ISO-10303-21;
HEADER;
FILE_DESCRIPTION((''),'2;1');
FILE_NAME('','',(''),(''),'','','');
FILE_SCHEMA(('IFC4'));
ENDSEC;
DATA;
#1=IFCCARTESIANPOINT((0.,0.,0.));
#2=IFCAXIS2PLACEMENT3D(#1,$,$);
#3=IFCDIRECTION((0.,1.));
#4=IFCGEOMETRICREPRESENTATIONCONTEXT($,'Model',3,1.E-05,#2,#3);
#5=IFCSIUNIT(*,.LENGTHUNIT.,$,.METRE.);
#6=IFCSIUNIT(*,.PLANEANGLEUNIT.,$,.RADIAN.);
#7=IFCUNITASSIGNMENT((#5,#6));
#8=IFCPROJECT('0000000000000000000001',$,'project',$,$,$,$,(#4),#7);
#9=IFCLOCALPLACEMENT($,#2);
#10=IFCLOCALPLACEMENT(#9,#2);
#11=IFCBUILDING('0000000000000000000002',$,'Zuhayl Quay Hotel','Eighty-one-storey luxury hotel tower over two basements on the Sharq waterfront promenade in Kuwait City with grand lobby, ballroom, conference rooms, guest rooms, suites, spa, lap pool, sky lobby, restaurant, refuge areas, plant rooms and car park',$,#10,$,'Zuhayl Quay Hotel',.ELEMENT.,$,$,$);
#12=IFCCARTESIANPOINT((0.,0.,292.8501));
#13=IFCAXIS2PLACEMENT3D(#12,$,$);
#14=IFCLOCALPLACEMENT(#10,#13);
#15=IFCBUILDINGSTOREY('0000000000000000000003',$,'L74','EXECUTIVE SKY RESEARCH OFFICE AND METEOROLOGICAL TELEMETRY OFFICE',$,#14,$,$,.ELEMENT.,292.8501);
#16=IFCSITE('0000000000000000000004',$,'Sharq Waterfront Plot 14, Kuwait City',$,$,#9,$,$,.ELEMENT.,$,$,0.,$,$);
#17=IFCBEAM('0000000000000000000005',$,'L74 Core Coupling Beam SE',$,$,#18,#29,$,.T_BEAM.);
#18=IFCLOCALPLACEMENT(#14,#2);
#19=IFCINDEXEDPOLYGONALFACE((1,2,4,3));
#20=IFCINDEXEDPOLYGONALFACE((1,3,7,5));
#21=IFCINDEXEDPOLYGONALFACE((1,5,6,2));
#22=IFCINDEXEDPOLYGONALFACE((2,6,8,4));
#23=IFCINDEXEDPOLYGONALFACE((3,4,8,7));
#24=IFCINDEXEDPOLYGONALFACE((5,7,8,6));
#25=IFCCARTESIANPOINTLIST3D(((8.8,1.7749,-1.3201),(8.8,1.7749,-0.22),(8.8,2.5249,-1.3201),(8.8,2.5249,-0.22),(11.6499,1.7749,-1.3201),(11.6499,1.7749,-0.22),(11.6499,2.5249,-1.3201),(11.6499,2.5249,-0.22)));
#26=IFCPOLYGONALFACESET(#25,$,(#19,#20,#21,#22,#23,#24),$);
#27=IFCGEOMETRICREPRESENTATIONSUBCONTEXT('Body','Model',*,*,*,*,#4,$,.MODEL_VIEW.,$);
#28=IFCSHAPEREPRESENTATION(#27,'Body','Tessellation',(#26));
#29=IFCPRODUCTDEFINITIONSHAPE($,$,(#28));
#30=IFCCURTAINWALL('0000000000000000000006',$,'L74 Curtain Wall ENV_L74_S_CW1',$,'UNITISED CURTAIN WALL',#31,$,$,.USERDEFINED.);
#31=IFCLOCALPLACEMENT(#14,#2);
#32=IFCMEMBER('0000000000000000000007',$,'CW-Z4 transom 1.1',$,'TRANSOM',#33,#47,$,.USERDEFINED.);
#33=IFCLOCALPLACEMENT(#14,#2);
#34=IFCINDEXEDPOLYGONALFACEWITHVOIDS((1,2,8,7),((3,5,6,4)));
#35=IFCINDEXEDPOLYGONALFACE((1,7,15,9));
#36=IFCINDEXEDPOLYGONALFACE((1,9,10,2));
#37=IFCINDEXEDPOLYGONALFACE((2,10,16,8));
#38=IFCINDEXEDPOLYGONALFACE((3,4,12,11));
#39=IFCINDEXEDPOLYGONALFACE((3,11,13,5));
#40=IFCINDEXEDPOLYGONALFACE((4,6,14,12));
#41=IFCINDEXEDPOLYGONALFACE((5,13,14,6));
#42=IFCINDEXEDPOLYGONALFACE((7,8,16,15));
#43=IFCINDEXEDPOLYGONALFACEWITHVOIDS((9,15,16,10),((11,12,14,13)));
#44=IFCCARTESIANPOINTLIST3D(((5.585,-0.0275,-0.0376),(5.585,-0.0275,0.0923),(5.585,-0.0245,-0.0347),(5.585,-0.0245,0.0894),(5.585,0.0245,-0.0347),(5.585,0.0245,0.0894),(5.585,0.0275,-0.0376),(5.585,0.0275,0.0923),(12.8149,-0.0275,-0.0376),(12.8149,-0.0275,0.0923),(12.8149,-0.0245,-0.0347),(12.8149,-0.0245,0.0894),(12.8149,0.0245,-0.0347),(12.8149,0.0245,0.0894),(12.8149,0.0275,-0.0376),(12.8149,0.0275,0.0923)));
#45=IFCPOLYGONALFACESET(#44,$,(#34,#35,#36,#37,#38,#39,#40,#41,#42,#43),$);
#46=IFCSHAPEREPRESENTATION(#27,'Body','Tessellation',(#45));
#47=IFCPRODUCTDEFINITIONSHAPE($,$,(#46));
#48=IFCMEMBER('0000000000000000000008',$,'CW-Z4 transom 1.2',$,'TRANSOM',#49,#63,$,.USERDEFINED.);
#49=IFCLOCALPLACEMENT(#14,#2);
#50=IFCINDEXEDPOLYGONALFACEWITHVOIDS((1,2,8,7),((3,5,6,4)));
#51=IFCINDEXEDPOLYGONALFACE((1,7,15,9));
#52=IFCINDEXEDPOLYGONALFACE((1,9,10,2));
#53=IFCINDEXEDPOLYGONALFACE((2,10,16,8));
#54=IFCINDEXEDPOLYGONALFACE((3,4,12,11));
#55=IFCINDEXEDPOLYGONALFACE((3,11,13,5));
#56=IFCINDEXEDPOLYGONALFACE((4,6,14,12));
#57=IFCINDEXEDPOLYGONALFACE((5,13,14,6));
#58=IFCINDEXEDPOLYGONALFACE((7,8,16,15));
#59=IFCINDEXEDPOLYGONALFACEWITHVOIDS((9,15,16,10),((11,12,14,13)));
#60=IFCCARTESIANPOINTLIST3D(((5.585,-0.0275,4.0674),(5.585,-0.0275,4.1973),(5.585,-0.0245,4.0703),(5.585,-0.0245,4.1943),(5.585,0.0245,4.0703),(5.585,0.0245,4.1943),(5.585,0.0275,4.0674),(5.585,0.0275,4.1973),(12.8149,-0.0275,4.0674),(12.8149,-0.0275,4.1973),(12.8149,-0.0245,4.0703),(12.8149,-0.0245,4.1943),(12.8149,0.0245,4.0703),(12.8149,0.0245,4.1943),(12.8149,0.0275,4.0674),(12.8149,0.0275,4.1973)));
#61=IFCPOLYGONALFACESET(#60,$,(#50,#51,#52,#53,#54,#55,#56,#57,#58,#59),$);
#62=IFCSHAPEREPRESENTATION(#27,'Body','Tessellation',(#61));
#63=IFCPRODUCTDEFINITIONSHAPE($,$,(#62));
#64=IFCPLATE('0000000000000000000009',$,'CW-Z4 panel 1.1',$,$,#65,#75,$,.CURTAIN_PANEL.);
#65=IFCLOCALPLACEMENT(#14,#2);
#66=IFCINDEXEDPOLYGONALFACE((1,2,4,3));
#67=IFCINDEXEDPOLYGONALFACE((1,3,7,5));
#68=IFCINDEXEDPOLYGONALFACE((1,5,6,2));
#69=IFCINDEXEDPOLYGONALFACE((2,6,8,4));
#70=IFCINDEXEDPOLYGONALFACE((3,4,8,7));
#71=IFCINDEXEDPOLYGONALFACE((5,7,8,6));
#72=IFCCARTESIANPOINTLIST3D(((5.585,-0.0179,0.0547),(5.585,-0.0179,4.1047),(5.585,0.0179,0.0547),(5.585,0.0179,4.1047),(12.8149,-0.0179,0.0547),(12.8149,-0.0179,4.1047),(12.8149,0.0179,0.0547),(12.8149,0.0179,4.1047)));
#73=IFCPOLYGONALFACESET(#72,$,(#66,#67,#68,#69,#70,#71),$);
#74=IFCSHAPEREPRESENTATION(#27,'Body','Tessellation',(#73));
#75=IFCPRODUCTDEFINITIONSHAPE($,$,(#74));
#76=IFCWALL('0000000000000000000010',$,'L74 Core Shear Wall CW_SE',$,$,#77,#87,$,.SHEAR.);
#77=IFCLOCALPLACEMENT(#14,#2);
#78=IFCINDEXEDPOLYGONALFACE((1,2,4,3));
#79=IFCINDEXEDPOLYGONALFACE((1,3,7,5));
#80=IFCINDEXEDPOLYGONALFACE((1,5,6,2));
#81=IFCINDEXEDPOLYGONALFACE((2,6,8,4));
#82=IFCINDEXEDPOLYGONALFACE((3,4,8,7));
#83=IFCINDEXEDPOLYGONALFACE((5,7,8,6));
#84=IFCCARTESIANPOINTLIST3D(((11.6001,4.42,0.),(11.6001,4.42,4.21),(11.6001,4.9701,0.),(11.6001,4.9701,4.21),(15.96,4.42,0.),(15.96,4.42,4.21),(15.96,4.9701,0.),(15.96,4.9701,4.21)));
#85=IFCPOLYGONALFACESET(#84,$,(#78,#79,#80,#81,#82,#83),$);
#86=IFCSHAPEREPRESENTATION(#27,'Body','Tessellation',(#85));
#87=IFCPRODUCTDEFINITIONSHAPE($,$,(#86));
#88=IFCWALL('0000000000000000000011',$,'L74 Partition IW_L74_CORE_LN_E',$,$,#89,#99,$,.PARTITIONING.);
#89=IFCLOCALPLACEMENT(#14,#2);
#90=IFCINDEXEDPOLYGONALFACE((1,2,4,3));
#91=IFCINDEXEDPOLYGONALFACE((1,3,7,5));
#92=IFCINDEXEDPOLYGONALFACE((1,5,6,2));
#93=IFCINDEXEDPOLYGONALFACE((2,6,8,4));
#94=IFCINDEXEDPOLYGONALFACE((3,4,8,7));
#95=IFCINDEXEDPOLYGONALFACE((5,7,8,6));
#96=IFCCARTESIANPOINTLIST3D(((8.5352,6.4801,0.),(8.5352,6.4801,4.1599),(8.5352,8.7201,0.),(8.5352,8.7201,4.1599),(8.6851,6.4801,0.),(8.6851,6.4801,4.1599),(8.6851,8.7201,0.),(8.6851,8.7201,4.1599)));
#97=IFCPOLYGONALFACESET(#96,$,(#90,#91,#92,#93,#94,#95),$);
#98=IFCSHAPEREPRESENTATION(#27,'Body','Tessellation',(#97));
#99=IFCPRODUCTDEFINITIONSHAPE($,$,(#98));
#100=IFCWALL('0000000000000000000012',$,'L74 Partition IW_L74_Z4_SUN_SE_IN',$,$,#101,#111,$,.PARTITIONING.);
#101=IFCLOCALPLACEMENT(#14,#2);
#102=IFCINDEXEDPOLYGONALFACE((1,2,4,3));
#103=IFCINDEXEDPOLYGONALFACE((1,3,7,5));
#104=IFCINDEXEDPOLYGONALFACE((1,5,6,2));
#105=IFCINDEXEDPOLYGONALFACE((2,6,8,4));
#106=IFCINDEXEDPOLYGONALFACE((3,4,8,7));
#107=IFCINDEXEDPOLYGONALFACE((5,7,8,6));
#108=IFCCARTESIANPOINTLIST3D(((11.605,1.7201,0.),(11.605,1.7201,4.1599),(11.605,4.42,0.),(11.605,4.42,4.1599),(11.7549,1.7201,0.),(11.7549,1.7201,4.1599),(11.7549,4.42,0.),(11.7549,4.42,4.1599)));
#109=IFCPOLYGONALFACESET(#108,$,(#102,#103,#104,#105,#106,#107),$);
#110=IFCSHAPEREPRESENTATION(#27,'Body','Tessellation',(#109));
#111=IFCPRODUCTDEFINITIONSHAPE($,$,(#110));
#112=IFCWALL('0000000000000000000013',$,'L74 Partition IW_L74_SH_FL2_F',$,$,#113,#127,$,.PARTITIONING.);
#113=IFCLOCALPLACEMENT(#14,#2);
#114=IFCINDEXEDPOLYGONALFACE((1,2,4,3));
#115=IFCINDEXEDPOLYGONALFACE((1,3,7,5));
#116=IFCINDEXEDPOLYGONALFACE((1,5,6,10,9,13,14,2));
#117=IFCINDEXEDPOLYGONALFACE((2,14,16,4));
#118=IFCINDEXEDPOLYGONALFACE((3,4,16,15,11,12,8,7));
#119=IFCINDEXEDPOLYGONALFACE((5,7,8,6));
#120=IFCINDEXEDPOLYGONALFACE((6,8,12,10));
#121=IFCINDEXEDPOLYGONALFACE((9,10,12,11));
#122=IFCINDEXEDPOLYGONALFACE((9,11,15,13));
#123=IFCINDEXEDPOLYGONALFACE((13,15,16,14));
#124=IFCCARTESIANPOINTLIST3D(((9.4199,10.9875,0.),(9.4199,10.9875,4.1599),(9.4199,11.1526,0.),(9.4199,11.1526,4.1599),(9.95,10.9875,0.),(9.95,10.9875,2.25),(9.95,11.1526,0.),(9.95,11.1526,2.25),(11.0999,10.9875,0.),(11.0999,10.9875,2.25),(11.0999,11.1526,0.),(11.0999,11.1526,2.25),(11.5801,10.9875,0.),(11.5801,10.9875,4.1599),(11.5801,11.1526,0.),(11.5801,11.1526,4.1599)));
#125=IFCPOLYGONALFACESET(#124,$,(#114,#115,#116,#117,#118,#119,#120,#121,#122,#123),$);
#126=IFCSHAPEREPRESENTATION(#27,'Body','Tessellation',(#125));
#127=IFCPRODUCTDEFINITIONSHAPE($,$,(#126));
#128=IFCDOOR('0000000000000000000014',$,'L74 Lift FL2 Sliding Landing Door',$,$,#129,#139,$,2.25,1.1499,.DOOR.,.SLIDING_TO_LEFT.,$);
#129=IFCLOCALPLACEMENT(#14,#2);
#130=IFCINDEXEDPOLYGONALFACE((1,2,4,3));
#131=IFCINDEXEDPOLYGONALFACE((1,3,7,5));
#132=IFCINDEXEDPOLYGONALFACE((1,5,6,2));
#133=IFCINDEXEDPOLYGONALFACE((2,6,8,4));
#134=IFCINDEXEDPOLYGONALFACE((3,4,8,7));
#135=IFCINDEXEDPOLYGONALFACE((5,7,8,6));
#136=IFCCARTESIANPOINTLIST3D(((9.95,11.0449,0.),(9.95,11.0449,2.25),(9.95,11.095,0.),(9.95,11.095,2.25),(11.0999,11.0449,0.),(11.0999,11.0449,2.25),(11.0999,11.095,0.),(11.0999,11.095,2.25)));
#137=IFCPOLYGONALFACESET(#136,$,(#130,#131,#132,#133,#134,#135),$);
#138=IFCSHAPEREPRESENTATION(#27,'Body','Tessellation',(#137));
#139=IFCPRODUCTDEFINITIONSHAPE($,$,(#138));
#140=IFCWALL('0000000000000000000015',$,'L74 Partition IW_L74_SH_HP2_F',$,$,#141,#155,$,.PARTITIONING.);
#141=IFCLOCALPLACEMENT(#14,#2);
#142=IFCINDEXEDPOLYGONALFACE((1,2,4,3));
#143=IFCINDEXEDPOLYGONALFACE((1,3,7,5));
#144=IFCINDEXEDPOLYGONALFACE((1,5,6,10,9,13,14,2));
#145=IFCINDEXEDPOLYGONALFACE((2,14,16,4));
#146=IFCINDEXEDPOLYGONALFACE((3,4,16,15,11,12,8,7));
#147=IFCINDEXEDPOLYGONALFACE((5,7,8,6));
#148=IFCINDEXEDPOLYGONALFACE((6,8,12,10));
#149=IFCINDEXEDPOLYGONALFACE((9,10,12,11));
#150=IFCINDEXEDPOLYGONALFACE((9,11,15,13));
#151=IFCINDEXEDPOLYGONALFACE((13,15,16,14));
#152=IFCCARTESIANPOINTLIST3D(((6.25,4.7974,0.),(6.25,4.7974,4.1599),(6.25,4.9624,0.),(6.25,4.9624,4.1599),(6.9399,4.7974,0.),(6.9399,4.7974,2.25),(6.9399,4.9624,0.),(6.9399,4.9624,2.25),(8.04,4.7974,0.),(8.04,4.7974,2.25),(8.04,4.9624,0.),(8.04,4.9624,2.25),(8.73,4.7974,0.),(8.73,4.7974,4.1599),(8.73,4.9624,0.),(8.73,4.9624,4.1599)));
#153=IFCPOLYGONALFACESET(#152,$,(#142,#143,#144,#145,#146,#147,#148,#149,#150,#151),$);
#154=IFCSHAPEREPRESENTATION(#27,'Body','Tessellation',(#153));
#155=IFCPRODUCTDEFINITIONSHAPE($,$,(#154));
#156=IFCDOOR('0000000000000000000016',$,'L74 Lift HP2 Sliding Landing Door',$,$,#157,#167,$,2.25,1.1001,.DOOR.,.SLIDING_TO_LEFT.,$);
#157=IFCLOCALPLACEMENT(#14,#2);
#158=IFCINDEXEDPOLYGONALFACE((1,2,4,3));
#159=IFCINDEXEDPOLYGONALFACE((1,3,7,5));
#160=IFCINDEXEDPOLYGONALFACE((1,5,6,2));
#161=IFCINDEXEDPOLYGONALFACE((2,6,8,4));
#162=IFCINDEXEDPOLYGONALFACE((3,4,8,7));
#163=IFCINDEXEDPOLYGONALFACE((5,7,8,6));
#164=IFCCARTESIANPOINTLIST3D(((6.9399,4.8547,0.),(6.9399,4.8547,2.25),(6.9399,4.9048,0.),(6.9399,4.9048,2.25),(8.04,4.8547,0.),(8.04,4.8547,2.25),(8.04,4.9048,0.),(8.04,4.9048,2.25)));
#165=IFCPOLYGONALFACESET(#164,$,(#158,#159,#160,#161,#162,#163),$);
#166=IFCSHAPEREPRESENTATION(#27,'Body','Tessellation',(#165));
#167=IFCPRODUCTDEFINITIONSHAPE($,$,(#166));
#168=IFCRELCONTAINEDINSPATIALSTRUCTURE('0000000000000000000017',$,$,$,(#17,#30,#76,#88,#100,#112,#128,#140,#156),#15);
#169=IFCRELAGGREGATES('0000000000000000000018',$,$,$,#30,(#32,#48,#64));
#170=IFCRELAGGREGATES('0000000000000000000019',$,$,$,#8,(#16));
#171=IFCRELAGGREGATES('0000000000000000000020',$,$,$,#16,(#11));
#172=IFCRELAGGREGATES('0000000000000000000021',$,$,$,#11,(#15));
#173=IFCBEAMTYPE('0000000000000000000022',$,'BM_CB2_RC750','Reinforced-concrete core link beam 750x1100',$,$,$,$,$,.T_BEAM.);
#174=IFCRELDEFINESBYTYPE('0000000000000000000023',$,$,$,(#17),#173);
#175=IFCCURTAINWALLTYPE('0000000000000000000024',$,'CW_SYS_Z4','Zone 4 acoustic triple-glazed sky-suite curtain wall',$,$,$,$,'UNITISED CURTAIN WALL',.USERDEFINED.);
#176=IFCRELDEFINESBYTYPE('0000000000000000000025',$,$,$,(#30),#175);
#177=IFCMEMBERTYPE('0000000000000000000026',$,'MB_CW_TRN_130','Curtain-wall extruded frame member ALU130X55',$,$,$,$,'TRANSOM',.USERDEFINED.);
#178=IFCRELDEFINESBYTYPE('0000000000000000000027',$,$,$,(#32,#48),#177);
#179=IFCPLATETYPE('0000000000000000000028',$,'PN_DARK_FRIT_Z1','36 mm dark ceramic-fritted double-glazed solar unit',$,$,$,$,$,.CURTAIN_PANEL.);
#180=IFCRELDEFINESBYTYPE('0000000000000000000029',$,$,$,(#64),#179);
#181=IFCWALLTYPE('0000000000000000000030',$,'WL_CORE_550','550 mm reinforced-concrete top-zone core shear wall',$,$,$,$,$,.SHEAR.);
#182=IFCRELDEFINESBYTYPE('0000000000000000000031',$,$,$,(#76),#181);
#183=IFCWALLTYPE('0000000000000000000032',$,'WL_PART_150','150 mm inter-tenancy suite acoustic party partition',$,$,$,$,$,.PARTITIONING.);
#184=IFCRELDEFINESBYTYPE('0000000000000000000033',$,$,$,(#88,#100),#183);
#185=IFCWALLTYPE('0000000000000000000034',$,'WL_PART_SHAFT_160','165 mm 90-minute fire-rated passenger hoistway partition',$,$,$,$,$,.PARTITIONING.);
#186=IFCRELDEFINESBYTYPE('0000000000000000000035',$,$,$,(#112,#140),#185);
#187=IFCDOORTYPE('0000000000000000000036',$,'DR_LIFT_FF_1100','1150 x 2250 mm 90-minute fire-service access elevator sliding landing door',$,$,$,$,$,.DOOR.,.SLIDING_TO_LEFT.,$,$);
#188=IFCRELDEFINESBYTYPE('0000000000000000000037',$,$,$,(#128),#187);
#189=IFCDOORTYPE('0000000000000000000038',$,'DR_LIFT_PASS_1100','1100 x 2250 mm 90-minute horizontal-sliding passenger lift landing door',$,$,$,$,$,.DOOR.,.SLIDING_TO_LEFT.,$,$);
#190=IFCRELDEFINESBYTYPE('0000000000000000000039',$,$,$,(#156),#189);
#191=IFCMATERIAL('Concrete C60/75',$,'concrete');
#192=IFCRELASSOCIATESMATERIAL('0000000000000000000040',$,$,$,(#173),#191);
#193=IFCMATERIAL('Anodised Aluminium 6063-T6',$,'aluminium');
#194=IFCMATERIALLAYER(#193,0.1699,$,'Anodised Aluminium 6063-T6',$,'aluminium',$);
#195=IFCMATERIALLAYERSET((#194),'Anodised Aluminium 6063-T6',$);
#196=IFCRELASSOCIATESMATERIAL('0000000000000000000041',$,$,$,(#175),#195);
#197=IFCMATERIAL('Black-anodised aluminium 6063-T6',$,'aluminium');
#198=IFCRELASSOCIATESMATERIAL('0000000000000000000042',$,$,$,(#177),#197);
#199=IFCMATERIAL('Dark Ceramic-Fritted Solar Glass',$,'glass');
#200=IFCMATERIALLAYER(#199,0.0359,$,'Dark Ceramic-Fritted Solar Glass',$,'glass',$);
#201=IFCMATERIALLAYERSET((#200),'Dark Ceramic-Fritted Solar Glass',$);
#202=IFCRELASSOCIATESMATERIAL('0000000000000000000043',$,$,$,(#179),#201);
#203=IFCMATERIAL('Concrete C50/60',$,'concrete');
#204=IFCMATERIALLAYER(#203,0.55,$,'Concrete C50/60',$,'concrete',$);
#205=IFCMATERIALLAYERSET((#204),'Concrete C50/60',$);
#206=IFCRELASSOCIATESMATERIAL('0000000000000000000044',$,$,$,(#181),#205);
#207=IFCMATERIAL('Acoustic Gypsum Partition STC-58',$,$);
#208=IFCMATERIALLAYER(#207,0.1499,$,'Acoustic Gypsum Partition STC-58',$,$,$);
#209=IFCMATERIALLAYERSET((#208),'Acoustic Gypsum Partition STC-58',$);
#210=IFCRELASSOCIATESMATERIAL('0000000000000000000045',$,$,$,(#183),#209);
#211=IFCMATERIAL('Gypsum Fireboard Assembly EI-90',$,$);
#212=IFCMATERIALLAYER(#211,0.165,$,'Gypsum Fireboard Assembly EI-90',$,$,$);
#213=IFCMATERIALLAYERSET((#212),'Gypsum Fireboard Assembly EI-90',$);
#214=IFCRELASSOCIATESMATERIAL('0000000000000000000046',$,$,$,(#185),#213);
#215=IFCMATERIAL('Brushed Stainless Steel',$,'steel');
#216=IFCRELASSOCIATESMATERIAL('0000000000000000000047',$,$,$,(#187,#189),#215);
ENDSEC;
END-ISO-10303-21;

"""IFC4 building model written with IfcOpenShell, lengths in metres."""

from ifc_helpers import new_model, si_unit, direction, frame, frame_2d, origin, origin_2d, place, context, subcontext, project, spatial, rectangle, hollow_rectangle, extrude, material, layer, layer_set, material_profile, profile_set, type_object, element, fill, aggregate, save


model = new_model("IFC4")

# Units and contexts
model_context = context("Model", 3, precision=1e-05, world=origin(), true_north=direction((0.0, 1.0)))
body_context = subcontext(model_context, "Body", "Model", "MODEL_VIEW")
ifc_project = project(units=[si_unit("LENGTHUNIT", "METRE"), si_unit("PLANEANGLEUNIT", "RADIAN")], contexts=[model_context])

# Site, building, storey
site_placement = place(None, origin())
site = spatial("IfcSite", under=ifc_project, at=site_placement, Name="Sharq Waterfront Plot 14, Kuwait City", CompositionType="ELEMENT", RefElevation=0.0)
building_placement = place(site_placement, origin())
building = spatial("IfcBuilding", under=site, at=building_placement, Name="Zuhayl Quay Hotel", Description="Eighty-one-storey luxury hotel tower over two basements on the Sharq waterfront promenade in Kuwait City with grand lobby, ballroom, conference rooms, guest rooms, suites, spa, lap pool, sky lobby, restaurant, refuge areas, plant rooms and car park", LongName="Zuhayl Quay Hotel", CompositionType="ELEMENT")
storey_placement = place(building_placement, frame((0.0, 0.0, 292.8501)))
storey = spatial("IfcBuildingStorey", under=building, at=storey_placement, Name="L74", Description="EXECUTIVE SKY RESEARCH OFFICE AND METEOROLOGICAL TELEMETRY OFFICE", CompositionType="ELEMENT", Elevation=292.8501)

# Beam
ifc_material_1 = material(Name="Concrete C60/75", Category="concrete")
ifc_material_profile_1 = material_profile(ifc_material_1, rectangle(XDim=0.75, YDim=1.1001, at=origin_2d()), Name="RC750X1100")
ifc_profile_set_1 = profile_set([ifc_material_profile_1], Name="Concrete C60/75")
beam_type = type_object("IfcBeamType", Name="BM_CB2_RC750", Description="Reinforced-concrete core link beam 750x1100", PredefinedType="T_BEAM", material=ifc_profile_set_1)
beam_placement = place(storey_placement, frame((8.8, 2.1499, -0.77), z_axis=(1.0, 0.0, 0.0), x_axis=(0.0, 1.0, 0.0)))
element("IfcBeam", 1, at=beam_placement, inside=storey, type_object=beam_type, Name="L74 Core Coupling Beam SE", PredefinedType="T_BEAM", context=body_context, shape_type="SweptSolid", body=[
    extrude(rectangle(XDim=0.75, YDim=1.1001, at=origin_2d()), origin(), (0.0, 0.0, 1.0), 2.8499),
])

# Curtain wall, members, plate
ifc_material_2 = material(Name="Anodised Aluminium 6063-T6", Category="aluminium")
ifc_layer_1 = layer(ifc_material_2, 0.1699, Name="Anodised Aluminium 6063-T6", Category="aluminium")
ifc_layer_set_1 = layer_set([ifc_layer_1], Name="Anodised Aluminium 6063-T6")
curtain_wall_type = type_object("IfcCurtainWallType", Name="CW_SYS_Z4", Description="Zone 4 acoustic triple-glazed sky-suite curtain wall", ElementType="UNITISED CURTAIN WALL", PredefinedType="USERDEFINED", material=ifc_layer_set_1)
curtain_wall_placement = place(storey_placement, origin())
curtain_wall = element("IfcCurtainWall", 2, at=curtain_wall_placement, inside=storey, type_object=curtain_wall_type, Name="L74 Curtain Wall ENV_L74_S_CW1", ObjectType="UNITISED CURTAIN WALL", PredefinedType="USERDEFINED")
ifc_material_3 = material(Name="Black-anodised aluminium 6063-T6", Category="aluminium")
ifc_material_profile_2 = material_profile(ifc_material_3, hollow_rectangle(XDim=0.0549, YDim=0.1299, WallThickness=0.0029, at=origin_2d()), Name="ALU130X55")
ifc_profile_set_2 = profile_set([ifc_material_profile_2], Name="Black-anodised aluminium 6063-T6")
member_type = type_object("IfcMemberType", Name="MB_CW_TRN_130", Description="Curtain-wall extruded frame member ALU130X55", ElementType="TRANSOM", PredefinedType="USERDEFINED", material=ifc_profile_set_2)
member_1_placement = place(storey_placement, frame((12.8149, 0.0, 0.0273), z_axis=(-1.0, 0.0, 0.0), x_axis=(0.0, -1.0, 0.0)))
member_1 = element("IfcMember", 3, at=member_1_placement, type_object=member_type, Name="CW-Z4 transom 1.1", ObjectType="TRANSOM", PredefinedType="USERDEFINED", context=body_context, shape_type="SweptSolid", body=[
    extrude(hollow_rectangle(XDim=0.0549, YDim=0.1299, WallThickness=0.0029, at=origin_2d()), origin(), (0.0, 0.0, 1.0), 7.23),
])
member_2_placement = place(storey_placement, frame((12.8149, 0.0, 4.1323), z_axis=(-1.0, 0.0, 0.0), x_axis=(0.0, -1.0, 0.0)))
member_2 = element("IfcMember", 4, at=member_2_placement, type_object=member_type, Name="CW-Z4 transom 1.2", ObjectType="TRANSOM", PredefinedType="USERDEFINED", context=body_context, shape_type="SweptSolid", body=[
    extrude(hollow_rectangle(XDim=0.0549, YDim=0.1299, WallThickness=0.0029, at=origin_2d()), origin(), (0.0, 0.0, 1.0), 7.23),
])
ifc_material_4 = material(Name="Dark Ceramic-Fritted Solar Glass", Category="glass")
ifc_layer_2 = layer(ifc_material_4, 0.0359, Name="Dark Ceramic-Fritted Solar Glass", Category="glass")
ifc_layer_set_2 = layer_set([ifc_layer_2], Name="Dark Ceramic-Fritted Solar Glass")
plate_type = type_object("IfcPlateType", Name="PN_DARK_FRIT_Z1", Description="36 mm dark ceramic-fritted double-glazed solar unit", PredefinedType="CURTAIN_PANEL", material=ifc_layer_set_2)
plate_placement = place(storey_placement, frame((9.2, 0.0, 0.0547), z_axis=(0.0, 0.0, 1.0), x_axis=(-1.0, 0.0, 0.0)))
plate = element("IfcPlate", 5, at=plate_placement, type_object=plate_type, Name="CW-Z4 panel 1.1", PredefinedType="CURTAIN_PANEL", context=body_context, shape_type="SweptSolid", body=[
    extrude(rectangle(XDim=7.23, YDim=0.0359, at=origin_2d()), origin(), (0.0, 0.0, 1.0), 4.05),
])
aggregate(curtain_wall, [member_1, member_2, plate])

# Walls
ifc_material_5 = material(Name="Concrete C50/60", Category="concrete")
ifc_layer_3 = layer(ifc_material_5, 0.55, Name="Concrete C50/60", Category="concrete")
ifc_layer_set_3 = layer_set([ifc_layer_3], Name="Concrete C50/60")
wall_type_1 = type_object("IfcWallType", Name="WL_CORE_550", Description="550 mm reinforced-concrete top-zone core shear wall", PredefinedType="SHEAR", material=ifc_layer_set_3)
wall_1_placement = place(storey_placement, frame((11.6001, 4.6951, 0.0), z_axis=(0.0, 0.0, 1.0), x_axis=(1.0, 0.0, 0.0)))
element("IfcWall", 6, at=wall_1_placement, inside=storey, type_object=wall_type_1, Name="L74 Core Shear Wall CW_SE", PredefinedType="SHEAR", context=body_context, shape_type="SweptSolid", body=[
    extrude(rectangle(XDim=4.3599, YDim=0.55, at=frame_2d((2.1799, 0.0))), origin(), (0.0, 0.0, 1.0), 4.21),
])
ifc_material_6 = material(Name="Acoustic Gypsum Partition STC-58")
ifc_layer_4 = layer(ifc_material_6, 0.1499, Name="Acoustic Gypsum Partition STC-58")
ifc_layer_set_4 = layer_set([ifc_layer_4], Name="Acoustic Gypsum Partition STC-58")
wall_type_2 = type_object("IfcWallType", Name="WL_PART_150", Description="150 mm inter-tenancy suite acoustic party partition", PredefinedType="PARTITIONING", material=ifc_layer_set_4)
wall_2_placement = place(storey_placement, frame((8.6101, 6.48, 0.0), z_axis=(0.0, 0.0, 1.0), x_axis=(0.0, 1.0, 0.0)))
element("IfcWall", 7, at=wall_2_placement, inside=storey, type_object=wall_type_2, Name="L74 Partition IW_L74_CORE_LN_E", PredefinedType="PARTITIONING", context=body_context, shape_type="SweptSolid", body=[
    extrude(rectangle(XDim=2.24, YDim=0.1499, at=frame_2d((1.1201, 0.0))), origin(), (0.0, 0.0, 1.0), 4.1599),
])
wall_3_placement = place(storey_placement, frame((11.6799, 1.72, 0.0), z_axis=(0.0, 0.0, 1.0), x_axis=(0.0, 1.0, 0.0)))
element("IfcWall", 8, at=wall_3_placement, inside=storey, type_object=wall_type_2, Name="L74 Partition IW_L74_Z4_SUN_SE_IN", PredefinedType="PARTITIONING", context=body_context, shape_type="SweptSolid", body=[
    extrude(rectangle(XDim=2.7, YDim=0.1499, at=frame_2d((1.3501, 0.0))), origin(), (0.0, 0.0, 1.0), 4.1599),
])

# Walls, openings, doors
ifc_material_7 = material(Name="Gypsum Fireboard Assembly EI-90")
ifc_layer_5 = layer(ifc_material_7, 0.165, Name="Gypsum Fireboard Assembly EI-90")
ifc_layer_set_5 = layer_set([ifc_layer_5], Name="Gypsum Fireboard Assembly EI-90")
wall_type_3 = type_object("IfcWallType", Name="WL_PART_SHAFT_160", Description="165 mm 90-minute fire-rated passenger hoistway partition", PredefinedType="PARTITIONING", material=ifc_layer_set_5)
wall_4_placement = place(storey_placement, frame((9.4199, 11.0701, 0.0), z_axis=(0.0, 0.0, 1.0), x_axis=(1.0, 0.0, 0.0)))
wall_4 = element("IfcWall", 9, at=wall_4_placement, inside=storey, type_object=wall_type_3, Name="L74 Partition IW_L74_SH_FL2_F", PredefinedType="PARTITIONING", context=body_context, shape_type="SweptSolid", body=[
    extrude(rectangle(XDim=2.1602, YDim=0.165, at=frame_2d((1.0801, 0.0))), origin(), (0.0, 0.0, 1.0), 4.1599),
])
opening_1_placement = place(wall_4_placement, frame((0.53, 0.0, 0.0)))
opening_1 = element("IfcOpeningElement", 10, at=opening_1_placement, cuts=wall_4, PredefinedType="OPENING", context=body_context, shape_type="SweptSolid", body=[
    extrude(rectangle(XDim=1.1499, YDim=2.25, at=frame_2d((0.575, 1.125))), frame((0.0, 0.0925, 0.0), z_axis=(0.0, -1.0, 0.0), x_axis=(1.0, 0.0, 0.0)), (0.0, 0.0, 1.0), 0.1851),
])
ifc_material_8 = material(Name="Brushed Stainless Steel", Category="steel")
door_type_1 = type_object("IfcDoorType", Name="DR_LIFT_FF_1100", Description="1150 x 2250 mm 90-minute fire-service access elevator sliding landing door", OperationType="SLIDING_TO_LEFT", PredefinedType="DOOR", material=ifc_material_8)
door_1_placement = place(opening_1_placement, origin())
door_1 = element("IfcDoor", 11, at=door_1_placement, inside=storey, type_object=door_type_1, Name="L74 Lift FL2 Sliding Landing Door", OperationType="SLIDING_TO_LEFT", OverallHeight=2.25, OverallWidth=1.1499, PredefinedType="DOOR", context=body_context, shape_type="SweptSolid", body=[
    extrude(rectangle(XDim=1.1499, YDim=2.25, at=frame_2d((0.575, 1.125))), frame((0.0, 0.0249, 0.0), z_axis=(0.0, -1.0, 0.0), x_axis=(1.0, 0.0, 0.0)), (0.0, 0.0, 1.0), 0.05),
])
fill(opening_1, door_1)
wall_5_placement = place(storey_placement, frame((6.25, 4.8799, 0.0), z_axis=(0.0, 0.0, 1.0), x_axis=(1.0, 0.0, 0.0)))
wall_5 = element("IfcWall", 12, at=wall_5_placement, inside=storey, type_object=wall_type_3, Name="L74 Partition IW_L74_SH_HP2_F", PredefinedType="PARTITIONING", context=body_context, shape_type="SweptSolid", body=[
    extrude(rectangle(XDim=2.48, YDim=0.165, at=frame_2d((1.24, 0.0))), origin(), (0.0, 0.0, 1.0), 4.1599),
])
opening_2_placement = place(wall_5_placement, frame((0.6899, 0.0, 0.0)))
opening_2 = element("IfcOpeningElement", 13, at=opening_2_placement, cuts=wall_5, PredefinedType="OPENING", context=body_context, shape_type="SweptSolid", body=[
    extrude(rectangle(XDim=1.1001, YDim=2.25, at=frame_2d((0.55, 1.125))), frame((0.0, 0.0925, 0.0), z_axis=(0.0, -1.0, 0.0), x_axis=(1.0, 0.0, 0.0)), (0.0, 0.0, 1.0), 0.1851),
])
door_type_2 = type_object("IfcDoorType", Name="DR_LIFT_PASS_1100", Description="1100 x 2250 mm 90-minute horizontal-sliding passenger lift landing door", OperationType="SLIDING_TO_LEFT", PredefinedType="DOOR", material=ifc_material_8)
door_2_placement = place(opening_2_placement, origin())
door_2 = element("IfcDoor", 14, at=door_2_placement, inside=storey, type_object=door_type_2, Name="L74 Lift HP2 Sliding Landing Door", OperationType="SLIDING_TO_LEFT", OverallHeight=2.25, OverallWidth=1.1001, PredefinedType="DOOR", context=body_context, shape_type="SweptSolid", body=[
    extrude(rectangle(XDim=1.1001, YDim=2.25, at=frame_2d((0.55, 1.125))), frame((0.0, 0.0249, 0.0), z_axis=(0.0, -1.0, 0.0), x_axis=(1.0, 0.0, 0.0)), (0.0, 0.0, 1.0), 0.05),
])
fill(opening_2, door_2)

save(model, "model.ifc")
